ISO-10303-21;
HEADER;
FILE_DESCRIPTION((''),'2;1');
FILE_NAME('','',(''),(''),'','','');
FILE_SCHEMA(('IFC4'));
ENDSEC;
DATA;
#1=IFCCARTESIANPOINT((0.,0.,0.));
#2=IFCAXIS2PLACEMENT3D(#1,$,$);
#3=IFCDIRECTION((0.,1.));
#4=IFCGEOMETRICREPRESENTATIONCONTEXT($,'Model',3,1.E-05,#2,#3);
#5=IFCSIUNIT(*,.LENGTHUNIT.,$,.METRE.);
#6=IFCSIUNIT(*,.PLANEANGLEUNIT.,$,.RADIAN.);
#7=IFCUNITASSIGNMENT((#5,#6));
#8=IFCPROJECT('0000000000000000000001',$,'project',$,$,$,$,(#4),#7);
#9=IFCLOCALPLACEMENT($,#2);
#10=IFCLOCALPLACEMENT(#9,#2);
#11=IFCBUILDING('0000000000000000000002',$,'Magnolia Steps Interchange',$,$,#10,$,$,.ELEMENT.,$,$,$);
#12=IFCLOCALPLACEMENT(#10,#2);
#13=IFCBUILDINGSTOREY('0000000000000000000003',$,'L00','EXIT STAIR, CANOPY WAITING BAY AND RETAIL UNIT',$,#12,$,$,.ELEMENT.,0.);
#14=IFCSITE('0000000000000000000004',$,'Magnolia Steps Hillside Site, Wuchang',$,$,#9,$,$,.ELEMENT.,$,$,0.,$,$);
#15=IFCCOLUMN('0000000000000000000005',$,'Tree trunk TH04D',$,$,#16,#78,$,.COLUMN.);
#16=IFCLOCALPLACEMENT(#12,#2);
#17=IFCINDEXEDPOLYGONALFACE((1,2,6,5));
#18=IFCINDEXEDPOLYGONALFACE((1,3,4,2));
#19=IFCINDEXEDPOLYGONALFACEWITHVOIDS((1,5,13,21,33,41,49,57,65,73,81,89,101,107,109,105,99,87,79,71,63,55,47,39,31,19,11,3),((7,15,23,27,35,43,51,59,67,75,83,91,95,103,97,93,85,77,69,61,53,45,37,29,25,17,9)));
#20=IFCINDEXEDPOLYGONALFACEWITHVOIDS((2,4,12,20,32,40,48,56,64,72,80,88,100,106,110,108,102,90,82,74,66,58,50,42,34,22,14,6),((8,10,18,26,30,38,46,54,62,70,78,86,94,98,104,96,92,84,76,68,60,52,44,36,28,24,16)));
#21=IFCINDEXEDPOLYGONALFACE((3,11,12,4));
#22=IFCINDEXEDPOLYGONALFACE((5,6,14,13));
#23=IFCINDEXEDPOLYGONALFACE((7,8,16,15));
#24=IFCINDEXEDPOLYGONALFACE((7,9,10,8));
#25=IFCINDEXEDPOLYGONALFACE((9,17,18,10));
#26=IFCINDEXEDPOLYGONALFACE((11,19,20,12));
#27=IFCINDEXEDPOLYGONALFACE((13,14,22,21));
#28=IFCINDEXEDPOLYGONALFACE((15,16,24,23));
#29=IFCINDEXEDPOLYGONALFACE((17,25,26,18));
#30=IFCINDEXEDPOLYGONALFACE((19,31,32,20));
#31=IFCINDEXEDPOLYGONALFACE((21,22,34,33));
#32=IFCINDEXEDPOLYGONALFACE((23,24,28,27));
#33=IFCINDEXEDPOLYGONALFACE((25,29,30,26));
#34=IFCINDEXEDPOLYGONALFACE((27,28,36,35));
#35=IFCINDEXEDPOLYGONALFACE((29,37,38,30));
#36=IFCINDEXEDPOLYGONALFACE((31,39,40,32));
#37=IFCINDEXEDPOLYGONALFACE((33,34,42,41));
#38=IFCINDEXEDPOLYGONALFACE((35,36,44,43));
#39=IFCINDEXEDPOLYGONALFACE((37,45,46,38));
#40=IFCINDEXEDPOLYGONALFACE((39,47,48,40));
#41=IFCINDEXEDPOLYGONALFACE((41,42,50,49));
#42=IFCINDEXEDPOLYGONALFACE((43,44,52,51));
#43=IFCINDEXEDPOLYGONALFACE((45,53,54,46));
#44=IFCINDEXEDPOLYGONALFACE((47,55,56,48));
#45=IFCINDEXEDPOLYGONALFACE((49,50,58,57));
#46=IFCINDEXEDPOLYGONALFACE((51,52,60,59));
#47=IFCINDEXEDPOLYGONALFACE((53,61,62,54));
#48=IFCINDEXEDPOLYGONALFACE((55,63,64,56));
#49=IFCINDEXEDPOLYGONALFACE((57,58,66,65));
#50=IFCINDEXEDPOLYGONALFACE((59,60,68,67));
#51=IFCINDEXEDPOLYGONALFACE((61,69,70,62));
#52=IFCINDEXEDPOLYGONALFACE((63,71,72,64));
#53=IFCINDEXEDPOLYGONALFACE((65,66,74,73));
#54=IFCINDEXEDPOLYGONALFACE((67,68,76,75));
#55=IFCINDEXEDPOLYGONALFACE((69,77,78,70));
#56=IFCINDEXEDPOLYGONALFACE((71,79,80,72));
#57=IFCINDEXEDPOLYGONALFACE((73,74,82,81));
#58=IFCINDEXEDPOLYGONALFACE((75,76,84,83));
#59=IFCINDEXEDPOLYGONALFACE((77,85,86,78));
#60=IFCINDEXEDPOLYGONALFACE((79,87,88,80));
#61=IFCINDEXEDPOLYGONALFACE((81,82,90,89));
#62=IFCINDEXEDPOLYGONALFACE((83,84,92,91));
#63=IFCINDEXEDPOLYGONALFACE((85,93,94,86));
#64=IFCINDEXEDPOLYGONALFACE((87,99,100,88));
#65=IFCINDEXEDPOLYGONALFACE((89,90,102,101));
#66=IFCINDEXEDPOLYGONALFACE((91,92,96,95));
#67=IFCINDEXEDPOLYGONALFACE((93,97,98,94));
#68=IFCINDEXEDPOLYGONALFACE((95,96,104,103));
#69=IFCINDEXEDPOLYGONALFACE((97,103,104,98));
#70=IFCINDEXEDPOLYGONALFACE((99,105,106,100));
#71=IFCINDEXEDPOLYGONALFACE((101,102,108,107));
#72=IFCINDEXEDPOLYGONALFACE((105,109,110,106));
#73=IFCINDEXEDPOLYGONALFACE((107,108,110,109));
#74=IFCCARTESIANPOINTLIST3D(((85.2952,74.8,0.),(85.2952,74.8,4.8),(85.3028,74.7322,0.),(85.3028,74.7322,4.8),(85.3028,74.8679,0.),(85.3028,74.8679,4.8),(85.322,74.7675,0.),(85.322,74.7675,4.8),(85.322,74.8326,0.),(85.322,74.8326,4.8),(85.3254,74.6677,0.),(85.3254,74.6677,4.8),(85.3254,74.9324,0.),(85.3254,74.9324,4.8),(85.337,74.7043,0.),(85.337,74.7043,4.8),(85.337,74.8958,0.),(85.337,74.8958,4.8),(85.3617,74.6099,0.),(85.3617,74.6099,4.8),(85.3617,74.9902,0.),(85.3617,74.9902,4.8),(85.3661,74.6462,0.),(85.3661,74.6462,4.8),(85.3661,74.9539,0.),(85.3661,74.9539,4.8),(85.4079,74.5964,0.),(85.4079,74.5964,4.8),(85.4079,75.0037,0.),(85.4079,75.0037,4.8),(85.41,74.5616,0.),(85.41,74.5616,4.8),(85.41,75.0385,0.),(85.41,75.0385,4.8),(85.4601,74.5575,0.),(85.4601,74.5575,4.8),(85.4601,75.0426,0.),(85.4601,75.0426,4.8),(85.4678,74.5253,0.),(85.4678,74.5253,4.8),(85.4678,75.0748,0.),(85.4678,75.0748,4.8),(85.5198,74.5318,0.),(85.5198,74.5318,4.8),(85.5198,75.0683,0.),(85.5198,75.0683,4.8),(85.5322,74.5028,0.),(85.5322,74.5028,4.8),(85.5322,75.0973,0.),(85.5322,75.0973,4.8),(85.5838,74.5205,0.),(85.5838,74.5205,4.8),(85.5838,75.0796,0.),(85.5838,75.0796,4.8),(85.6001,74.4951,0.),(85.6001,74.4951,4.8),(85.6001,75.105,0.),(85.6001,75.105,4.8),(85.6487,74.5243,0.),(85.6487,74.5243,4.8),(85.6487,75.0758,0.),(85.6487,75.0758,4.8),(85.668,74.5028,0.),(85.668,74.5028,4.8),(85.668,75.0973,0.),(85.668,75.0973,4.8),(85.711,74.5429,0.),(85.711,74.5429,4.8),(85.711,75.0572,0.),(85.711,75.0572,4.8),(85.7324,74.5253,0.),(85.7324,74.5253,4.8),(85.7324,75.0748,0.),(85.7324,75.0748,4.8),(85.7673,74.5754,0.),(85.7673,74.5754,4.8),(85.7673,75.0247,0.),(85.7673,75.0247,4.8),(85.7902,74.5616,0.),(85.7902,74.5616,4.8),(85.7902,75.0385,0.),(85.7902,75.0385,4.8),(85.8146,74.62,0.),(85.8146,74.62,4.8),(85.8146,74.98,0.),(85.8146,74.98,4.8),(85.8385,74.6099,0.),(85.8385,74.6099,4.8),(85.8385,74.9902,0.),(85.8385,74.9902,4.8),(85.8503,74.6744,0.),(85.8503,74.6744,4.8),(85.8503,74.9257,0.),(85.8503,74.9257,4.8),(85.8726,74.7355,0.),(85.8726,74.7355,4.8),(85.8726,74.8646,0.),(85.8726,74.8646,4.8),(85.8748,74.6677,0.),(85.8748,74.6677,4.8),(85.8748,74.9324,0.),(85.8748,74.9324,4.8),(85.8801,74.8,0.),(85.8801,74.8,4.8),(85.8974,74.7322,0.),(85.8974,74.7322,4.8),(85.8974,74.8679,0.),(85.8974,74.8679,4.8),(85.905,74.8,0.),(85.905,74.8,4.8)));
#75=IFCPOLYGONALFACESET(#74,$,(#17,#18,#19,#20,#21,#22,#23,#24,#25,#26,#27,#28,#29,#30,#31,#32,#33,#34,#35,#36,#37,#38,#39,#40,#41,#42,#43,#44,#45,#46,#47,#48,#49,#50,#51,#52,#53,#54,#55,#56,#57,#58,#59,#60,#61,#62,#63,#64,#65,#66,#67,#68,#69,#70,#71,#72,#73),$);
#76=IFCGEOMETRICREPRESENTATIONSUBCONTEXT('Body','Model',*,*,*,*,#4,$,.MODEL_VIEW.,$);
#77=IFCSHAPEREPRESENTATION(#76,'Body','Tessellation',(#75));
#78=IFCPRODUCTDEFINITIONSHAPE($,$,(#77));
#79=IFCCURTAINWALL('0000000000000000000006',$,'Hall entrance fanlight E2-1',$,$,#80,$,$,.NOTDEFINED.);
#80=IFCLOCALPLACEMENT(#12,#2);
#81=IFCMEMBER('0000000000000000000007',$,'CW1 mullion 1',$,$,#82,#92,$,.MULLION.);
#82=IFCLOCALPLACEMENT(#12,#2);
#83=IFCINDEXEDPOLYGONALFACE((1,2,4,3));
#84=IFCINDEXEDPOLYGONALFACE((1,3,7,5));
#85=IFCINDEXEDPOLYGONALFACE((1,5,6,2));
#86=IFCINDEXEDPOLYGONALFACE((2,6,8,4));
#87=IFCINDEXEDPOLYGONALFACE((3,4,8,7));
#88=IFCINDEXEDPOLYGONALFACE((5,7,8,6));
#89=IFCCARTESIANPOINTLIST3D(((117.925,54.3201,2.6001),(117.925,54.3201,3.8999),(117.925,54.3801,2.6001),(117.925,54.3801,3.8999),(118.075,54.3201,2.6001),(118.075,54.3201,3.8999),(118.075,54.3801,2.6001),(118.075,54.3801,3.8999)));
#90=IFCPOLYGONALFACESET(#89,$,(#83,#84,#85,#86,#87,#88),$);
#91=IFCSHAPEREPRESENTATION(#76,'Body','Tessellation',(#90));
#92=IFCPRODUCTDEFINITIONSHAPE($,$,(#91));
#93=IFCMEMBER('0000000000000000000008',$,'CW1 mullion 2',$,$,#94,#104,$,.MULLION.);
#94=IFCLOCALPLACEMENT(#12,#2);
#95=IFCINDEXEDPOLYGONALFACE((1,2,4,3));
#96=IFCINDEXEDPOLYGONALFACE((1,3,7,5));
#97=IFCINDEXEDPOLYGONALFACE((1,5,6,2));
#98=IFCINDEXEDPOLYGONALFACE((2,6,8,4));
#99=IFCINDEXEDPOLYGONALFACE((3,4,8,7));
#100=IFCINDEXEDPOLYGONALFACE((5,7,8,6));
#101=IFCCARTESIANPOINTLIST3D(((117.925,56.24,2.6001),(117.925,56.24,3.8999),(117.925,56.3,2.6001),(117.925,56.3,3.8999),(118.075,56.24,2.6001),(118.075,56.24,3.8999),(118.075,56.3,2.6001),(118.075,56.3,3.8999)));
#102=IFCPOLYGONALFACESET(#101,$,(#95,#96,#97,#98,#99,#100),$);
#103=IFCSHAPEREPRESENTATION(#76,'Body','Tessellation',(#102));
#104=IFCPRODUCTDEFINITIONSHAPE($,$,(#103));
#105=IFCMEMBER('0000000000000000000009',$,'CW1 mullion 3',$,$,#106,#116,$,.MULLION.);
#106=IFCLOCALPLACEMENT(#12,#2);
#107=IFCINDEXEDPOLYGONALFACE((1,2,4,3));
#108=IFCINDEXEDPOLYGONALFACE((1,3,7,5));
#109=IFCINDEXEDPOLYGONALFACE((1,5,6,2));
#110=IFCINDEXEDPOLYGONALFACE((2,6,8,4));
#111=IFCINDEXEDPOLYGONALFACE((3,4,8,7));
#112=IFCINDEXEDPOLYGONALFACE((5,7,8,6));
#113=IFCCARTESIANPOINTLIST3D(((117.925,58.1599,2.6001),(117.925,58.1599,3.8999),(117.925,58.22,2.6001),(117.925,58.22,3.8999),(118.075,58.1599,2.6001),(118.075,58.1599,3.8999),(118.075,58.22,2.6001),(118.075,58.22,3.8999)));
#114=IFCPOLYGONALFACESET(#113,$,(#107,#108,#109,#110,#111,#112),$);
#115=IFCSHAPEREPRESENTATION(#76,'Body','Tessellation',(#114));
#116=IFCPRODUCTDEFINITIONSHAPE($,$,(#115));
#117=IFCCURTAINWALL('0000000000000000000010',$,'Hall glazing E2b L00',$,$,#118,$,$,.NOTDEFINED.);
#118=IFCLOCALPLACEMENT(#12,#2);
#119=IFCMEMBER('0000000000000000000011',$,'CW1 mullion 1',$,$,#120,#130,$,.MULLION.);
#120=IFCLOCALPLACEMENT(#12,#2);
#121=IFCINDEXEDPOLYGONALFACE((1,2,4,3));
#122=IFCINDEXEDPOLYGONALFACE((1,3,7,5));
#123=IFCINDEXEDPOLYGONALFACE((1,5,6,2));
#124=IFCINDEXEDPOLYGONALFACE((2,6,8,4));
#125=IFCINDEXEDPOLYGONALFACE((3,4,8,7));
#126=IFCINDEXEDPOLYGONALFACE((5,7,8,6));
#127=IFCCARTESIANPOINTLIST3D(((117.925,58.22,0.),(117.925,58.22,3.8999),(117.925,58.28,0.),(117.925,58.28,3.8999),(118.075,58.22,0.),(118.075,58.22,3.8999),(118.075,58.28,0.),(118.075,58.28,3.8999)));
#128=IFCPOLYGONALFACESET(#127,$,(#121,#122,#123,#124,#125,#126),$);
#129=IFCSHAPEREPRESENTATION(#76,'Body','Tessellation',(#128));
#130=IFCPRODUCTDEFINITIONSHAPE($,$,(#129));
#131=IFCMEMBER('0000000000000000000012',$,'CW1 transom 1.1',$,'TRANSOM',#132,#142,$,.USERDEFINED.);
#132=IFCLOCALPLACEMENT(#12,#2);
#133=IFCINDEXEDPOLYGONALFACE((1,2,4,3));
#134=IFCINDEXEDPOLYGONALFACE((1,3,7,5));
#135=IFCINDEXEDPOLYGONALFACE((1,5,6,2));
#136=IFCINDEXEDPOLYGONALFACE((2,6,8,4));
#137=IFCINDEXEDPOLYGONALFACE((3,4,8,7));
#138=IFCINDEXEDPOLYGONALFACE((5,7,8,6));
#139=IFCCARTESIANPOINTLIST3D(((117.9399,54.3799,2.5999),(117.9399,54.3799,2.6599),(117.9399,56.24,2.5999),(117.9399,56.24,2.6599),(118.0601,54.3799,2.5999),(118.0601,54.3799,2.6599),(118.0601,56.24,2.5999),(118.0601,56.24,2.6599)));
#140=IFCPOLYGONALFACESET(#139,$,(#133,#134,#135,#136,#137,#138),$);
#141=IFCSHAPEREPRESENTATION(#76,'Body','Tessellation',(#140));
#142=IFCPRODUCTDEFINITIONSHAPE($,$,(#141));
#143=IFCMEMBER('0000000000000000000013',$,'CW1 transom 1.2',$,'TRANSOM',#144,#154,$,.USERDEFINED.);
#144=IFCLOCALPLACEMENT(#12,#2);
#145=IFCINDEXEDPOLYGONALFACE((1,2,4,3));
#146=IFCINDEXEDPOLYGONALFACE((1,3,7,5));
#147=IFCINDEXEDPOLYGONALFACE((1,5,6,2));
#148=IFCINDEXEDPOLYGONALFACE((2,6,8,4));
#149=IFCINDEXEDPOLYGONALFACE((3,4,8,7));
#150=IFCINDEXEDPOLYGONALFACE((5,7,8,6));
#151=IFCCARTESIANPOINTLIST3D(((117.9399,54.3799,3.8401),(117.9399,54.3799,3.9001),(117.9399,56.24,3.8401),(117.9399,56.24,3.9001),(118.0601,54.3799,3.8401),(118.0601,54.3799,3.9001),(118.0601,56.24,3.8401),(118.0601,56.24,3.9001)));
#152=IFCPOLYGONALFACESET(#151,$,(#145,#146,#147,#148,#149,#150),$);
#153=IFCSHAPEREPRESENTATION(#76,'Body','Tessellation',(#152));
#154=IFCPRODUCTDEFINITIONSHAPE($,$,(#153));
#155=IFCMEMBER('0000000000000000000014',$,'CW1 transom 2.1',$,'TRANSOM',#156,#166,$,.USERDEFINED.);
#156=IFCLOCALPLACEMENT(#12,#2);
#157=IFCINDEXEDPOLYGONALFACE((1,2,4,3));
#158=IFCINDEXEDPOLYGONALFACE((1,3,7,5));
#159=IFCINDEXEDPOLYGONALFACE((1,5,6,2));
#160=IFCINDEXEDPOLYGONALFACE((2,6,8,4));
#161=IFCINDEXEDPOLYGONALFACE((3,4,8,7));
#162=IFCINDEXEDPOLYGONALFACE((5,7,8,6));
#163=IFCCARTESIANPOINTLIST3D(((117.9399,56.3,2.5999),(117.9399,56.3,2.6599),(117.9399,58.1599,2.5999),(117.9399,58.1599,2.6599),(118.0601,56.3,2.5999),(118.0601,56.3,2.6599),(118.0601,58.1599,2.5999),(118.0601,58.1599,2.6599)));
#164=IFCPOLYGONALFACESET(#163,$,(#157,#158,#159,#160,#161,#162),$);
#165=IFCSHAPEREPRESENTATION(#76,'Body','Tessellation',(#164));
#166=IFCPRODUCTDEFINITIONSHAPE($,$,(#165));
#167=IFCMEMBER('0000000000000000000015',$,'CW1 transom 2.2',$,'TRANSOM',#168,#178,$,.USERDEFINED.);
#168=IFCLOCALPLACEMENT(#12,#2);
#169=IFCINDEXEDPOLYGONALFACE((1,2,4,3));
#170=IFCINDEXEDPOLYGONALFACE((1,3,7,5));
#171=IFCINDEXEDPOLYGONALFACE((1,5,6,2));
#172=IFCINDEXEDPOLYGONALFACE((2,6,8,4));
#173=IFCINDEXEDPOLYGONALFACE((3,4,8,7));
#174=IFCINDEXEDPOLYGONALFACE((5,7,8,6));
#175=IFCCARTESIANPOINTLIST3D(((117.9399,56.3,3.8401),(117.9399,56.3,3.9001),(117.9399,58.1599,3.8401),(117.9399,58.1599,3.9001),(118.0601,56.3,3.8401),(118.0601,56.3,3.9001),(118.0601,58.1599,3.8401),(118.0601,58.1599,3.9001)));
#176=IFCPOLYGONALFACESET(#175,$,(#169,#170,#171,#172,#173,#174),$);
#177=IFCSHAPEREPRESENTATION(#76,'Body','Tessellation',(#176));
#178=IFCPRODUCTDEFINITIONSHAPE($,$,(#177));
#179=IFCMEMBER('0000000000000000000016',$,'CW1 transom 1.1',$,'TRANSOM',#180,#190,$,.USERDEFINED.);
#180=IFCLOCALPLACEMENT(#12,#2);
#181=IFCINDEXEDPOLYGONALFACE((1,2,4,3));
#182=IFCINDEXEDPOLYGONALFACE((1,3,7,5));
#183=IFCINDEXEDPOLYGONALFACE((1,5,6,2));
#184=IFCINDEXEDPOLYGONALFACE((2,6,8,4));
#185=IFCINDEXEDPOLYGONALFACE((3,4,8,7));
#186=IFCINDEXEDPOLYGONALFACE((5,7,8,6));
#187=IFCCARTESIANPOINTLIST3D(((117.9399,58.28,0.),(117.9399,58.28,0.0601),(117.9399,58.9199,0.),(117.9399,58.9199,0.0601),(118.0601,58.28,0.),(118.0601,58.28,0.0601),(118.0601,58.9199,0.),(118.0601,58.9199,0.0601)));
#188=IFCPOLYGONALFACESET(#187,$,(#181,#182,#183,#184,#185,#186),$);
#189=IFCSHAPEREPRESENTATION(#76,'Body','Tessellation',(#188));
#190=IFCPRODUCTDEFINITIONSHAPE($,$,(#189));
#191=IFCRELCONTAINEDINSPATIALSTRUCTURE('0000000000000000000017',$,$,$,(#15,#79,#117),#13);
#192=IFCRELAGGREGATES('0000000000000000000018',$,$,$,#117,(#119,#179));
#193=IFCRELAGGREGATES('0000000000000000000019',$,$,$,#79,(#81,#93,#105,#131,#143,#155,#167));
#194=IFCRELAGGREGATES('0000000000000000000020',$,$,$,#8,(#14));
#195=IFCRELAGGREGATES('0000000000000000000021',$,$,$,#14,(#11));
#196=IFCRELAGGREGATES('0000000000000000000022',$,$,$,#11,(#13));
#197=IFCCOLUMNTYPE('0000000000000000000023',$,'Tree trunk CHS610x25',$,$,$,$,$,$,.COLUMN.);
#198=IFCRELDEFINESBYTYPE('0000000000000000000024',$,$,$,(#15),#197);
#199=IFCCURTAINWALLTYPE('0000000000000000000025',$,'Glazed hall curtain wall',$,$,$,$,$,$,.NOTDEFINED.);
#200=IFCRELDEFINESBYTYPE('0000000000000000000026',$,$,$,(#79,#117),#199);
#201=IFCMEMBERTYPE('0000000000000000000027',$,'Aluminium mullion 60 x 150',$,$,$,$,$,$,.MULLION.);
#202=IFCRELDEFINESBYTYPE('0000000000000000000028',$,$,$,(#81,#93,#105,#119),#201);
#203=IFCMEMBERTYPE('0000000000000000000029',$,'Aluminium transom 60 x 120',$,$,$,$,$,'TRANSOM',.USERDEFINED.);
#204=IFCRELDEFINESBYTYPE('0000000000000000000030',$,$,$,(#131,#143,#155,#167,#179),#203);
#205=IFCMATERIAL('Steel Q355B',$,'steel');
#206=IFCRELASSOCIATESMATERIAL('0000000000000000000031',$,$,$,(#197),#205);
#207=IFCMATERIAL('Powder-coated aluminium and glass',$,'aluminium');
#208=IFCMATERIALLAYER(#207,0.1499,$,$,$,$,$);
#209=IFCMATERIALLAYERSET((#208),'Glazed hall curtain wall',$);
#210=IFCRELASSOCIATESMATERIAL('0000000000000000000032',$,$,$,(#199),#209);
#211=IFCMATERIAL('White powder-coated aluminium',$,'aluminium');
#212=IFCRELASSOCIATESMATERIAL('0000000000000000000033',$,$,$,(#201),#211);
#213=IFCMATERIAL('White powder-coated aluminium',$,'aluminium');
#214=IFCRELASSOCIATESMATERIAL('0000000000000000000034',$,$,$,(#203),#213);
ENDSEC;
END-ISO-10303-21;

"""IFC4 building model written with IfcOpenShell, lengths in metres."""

from ifc_helpers import new_model, si_unit, direction, frame, origin, origin_2d, place, context, subcontext, project, spatial, rectangle, hollow_circle, extrude, material, layer, layer_set, material_profile, profile_set, type_object, element, aggregate, save


model = new_model("IFC4")

# Units and contexts
model_context = context("Model", 3, precision=1e-05, world=origin(), true_north=direction((0.0, 1.0)))
body_context = subcontext(model_context, "Body", "Model", "MODEL_VIEW")
ifc_project = project(units=[si_unit("LENGTHUNIT", "METRE"), si_unit("PLANEANGLEUNIT", "RADIAN")], contexts=[model_context])

# Site, building, storey
site_placement = place(None, origin())
site = spatial("IfcSite", under=ifc_project, at=site_placement, Name="Magnolia Steps Hillside Site, Wuchang", CompositionType="ELEMENT", RefElevation=0.0)
building_placement = place(site_placement, origin())
building = spatial("IfcBuilding", under=site, at=building_placement, Name="Magnolia Steps Interchange", CompositionType="ELEMENT")
storey_placement = place(building_placement, origin())
storey = spatial("IfcBuildingStorey", under=building, at=storey_placement, Name="L00", Description="EXIT STAIR, CANOPY WAITING BAY AND RETAIL UNIT", CompositionType="ELEMENT", Elevation=0.0)

# Column
ifc_material_1 = material(Name="Steel Q355B", Category="steel")
ifc_material_profile_1 = material_profile(ifc_material_1, hollow_circle(Radius=0.3049, WallThickness=0.0249, at=origin_2d()), Name="CHS610x25")
ifc_profile_set_1 = profile_set([ifc_material_profile_1], Name="Steel Q355B")
column_type_1 = type_object("IfcColumnType", Name="Tree trunk CHS610x25", PredefinedType="COLUMN", material=ifc_profile_set_1)
column_placement = place(storey_placement, frame((85.6001, 74.8, 0.0), z_axis=(0.0, 0.0, 1.0), x_axis=(1.0, 0.0, 0.0)))
element("IfcColumn", 1, at=column_placement, inside=storey, type_object=column_type_1, Name="Tree trunk TH04D", PredefinedType="COLUMN", context=body_context, shape_type="SweptSolid", body=[
    extrude(hollow_circle(Radius=0.3049, WallThickness=0.0249, at=origin_2d()), origin(), (0.0, 0.0, 1.0), 4.8),
])

# Curtain wall, members
ifc_material_2 = material(Name="Powder-coated aluminium and glass", Category="aluminium")
ifc_layer_1 = layer(ifc_material_2, 0.1499)
ifc_layer_set_1 = layer_set([ifc_layer_1], Name="Glazed hall curtain wall")
curtain_wall_type = type_object("IfcCurtainWallType", Name="Glazed hall curtain wall", PredefinedType="NOTDEFINED", material=ifc_layer_set_1)
curtain_wall_1_placement = place(storey_placement, origin())
curtain_wall_1 = element("IfcCurtainWall", 2, at=curtain_wall_1_placement, inside=storey, type_object=curtain_wall_type, Name="Hall entrance fanlight E2-1", PredefinedType="NOTDEFINED")
ifc_material_3 = material(Name="White powder-coated aluminium", Category="aluminium")
ifc_material_profile_2 = material_profile(ifc_material_3, rectangle(XDim=0.0601, YDim=0.1499, at=origin_2d()), Name="Aluminium mullion 60 x 150")
ifc_profile_set_2 = profile_set([ifc_material_profile_2], Name="White powder-coated aluminium")
member_type_1 = type_object("IfcMemberType", Name="Aluminium mullion 60 x 150", PredefinedType="MULLION", material=ifc_profile_set_2)
member_1_placement = place(storey_placement, frame((118.0, 54.3501, 2.6001), z_axis=(0.0, 0.0, 1.0), x_axis=(0.0, 1.0, 0.0)))
member_1 = element("IfcMember", 3, at=member_1_placement, type_object=member_type_1, Name="CW1 mullion 1", PredefinedType="MULLION", context=body_context, shape_type="SweptSolid", body=[
    extrude(rectangle(XDim=0.0601, YDim=0.1499, at=origin_2d()), origin(), (0.0, 0.0, 1.0), 1.2998),
])
member_2_placement = place(storey_placement, frame((118.0, 56.27, 2.6001), z_axis=(0.0, 0.0, 1.0), x_axis=(0.0, 1.0, 0.0)))
member_2 = element("IfcMember", 4, at=member_2_placement, type_object=member_type_1, Name="CW1 mullion 2", PredefinedType="MULLION", context=body_context, shape_type="SweptSolid", body=[
    extrude(rectangle(XDim=0.0601, YDim=0.1499, at=origin_2d()), origin(), (0.0, 0.0, 1.0), 1.2998),
])
member_3_placement = place(storey_placement, frame((118.0, 58.1899, 2.6001), z_axis=(0.0, 0.0, 1.0), x_axis=(0.0, 1.0, 0.0)))
member_3 = element("IfcMember", 5, at=member_3_placement, type_object=member_type_1, Name="CW1 mullion 3", PredefinedType="MULLION", context=body_context, shape_type="SweptSolid", body=[
    extrude(rectangle(XDim=0.0601, YDim=0.1499, at=origin_2d()), origin(), (0.0, 0.0, 1.0), 1.2998),
])

# Curtain wall, member
curtain_wall_2_placement = place(storey_placement, origin())
curtain_wall_2 = element("IfcCurtainWall", 6, at=curtain_wall_2_placement, inside=storey, type_object=curtain_wall_type, Name="Hall glazing E2b L00", PredefinedType="NOTDEFINED")
member_4_placement = place(storey_placement, frame((118.0, 58.25, 0.0), z_axis=(0.0, 0.0, 1.0), x_axis=(0.0, 1.0, 0.0)))
member_4 = element("IfcMember", 7, at=member_4_placement, type_object=member_type_1, Name="CW1 mullion 1", PredefinedType="MULLION", context=body_context, shape_type="SweptSolid", body=[
    extrude(rectangle(XDim=0.0601, YDim=0.1499, at=origin_2d()), origin(), (0.0, 0.0, 1.0), 3.8999),
])

# Members
ifc_material_4 = material(Name="White powder-coated aluminium", Category="aluminium")
ifc_material_profile_3 = material_profile(ifc_material_4, rectangle(XDim=0.0601, YDim=0.1201, at=origin_2d()), Name="Aluminium transom 60 x 120")
ifc_profile_set_3 = profile_set([ifc_material_profile_3], Name="White powder-coated aluminium")
member_type_2 = type_object("IfcMemberType", Name="Aluminium transom 60 x 120", ElementType="TRANSOM", PredefinedType="USERDEFINED", material=ifc_profile_set_3)
member_5_placement = place(storey_placement, frame((118.0, 54.3799, 2.6299), z_axis=(0.0, 1.0, 0.0), x_axis=(0.0, 0.0, 1.0)))
member_5 = element("IfcMember", 8, at=member_5_placement, type_object=member_type_2, Name="CW1 transom 1.1", ObjectType="TRANSOM", PredefinedType="USERDEFINED", context=body_context, shape_type="SweptSolid", body=[
    extrude(rectangle(XDim=0.0601, YDim=0.1201, at=origin_2d()), origin(), (0.0, 0.0, 1.0), 1.8601),
])
member_6_placement = place(storey_placement, frame((118.0, 54.3799, 3.8701), z_axis=(0.0, 1.0, 0.0), x_axis=(0.0, 0.0, 1.0)))
member_6 = element("IfcMember", 9, at=member_6_placement, type_object=member_type_2, Name="CW1 transom 1.2", ObjectType="TRANSOM", PredefinedType="USERDEFINED", context=body_context, shape_type="SweptSolid", body=[
    extrude(rectangle(XDim=0.0601, YDim=0.1201, at=origin_2d()), origin(), (0.0, 0.0, 1.0), 1.8601),
])
member_7_placement = place(storey_placement, frame((118.0, 56.3, 2.6299), z_axis=(0.0, 1.0, 0.0), x_axis=(0.0, 0.0, 1.0)))
member_7 = element("IfcMember", 10, at=member_7_placement, type_object=member_type_2, Name="CW1 transom 2.1", ObjectType="TRANSOM", PredefinedType="USERDEFINED", context=body_context, shape_type="SweptSolid", body=[
    extrude(rectangle(XDim=0.0601, YDim=0.1201, at=origin_2d()), origin(), (0.0, 0.0, 1.0), 1.8599),
])
member_8_placement = place(storey_placement, frame((118.0, 56.3, 3.8701), z_axis=(0.0, 1.0, 0.0), x_axis=(0.0, 0.0, 1.0)))
member_8 = element("IfcMember", 11, at=member_8_placement, type_object=member_type_2, Name="CW1 transom 2.2", ObjectType="TRANSOM", PredefinedType="USERDEFINED", context=body_context, shape_type="SweptSolid", body=[
    extrude(rectangle(XDim=0.0601, YDim=0.1201, at=origin_2d()), origin(), (0.0, 0.0, 1.0), 1.8599),
])
member_9_placement = place(storey_placement, frame((118.0, 58.28, 0.03), z_axis=(0.0, 1.0, 0.0), x_axis=(0.0, 0.0, 1.0)))
member_9 = element("IfcMember", 12, at=member_9_placement, type_object=member_type_2, Name="CW1 transom 1.1", ObjectType="TRANSOM", PredefinedType="USERDEFINED", context=body_context, shape_type="SweptSolid", body=[
    extrude(rectangle(XDim=0.0601, YDim=0.1201, at=origin_2d()), origin(), (0.0, 0.0, 1.0), 0.6399),
])
aggregate(curtain_wall_2, [member_4, member_9])

aggregate(curtain_wall_1, [member_1, member_2, member_3, member_5, member_6, member_7, member_8])

save(model, "model.ifc")
